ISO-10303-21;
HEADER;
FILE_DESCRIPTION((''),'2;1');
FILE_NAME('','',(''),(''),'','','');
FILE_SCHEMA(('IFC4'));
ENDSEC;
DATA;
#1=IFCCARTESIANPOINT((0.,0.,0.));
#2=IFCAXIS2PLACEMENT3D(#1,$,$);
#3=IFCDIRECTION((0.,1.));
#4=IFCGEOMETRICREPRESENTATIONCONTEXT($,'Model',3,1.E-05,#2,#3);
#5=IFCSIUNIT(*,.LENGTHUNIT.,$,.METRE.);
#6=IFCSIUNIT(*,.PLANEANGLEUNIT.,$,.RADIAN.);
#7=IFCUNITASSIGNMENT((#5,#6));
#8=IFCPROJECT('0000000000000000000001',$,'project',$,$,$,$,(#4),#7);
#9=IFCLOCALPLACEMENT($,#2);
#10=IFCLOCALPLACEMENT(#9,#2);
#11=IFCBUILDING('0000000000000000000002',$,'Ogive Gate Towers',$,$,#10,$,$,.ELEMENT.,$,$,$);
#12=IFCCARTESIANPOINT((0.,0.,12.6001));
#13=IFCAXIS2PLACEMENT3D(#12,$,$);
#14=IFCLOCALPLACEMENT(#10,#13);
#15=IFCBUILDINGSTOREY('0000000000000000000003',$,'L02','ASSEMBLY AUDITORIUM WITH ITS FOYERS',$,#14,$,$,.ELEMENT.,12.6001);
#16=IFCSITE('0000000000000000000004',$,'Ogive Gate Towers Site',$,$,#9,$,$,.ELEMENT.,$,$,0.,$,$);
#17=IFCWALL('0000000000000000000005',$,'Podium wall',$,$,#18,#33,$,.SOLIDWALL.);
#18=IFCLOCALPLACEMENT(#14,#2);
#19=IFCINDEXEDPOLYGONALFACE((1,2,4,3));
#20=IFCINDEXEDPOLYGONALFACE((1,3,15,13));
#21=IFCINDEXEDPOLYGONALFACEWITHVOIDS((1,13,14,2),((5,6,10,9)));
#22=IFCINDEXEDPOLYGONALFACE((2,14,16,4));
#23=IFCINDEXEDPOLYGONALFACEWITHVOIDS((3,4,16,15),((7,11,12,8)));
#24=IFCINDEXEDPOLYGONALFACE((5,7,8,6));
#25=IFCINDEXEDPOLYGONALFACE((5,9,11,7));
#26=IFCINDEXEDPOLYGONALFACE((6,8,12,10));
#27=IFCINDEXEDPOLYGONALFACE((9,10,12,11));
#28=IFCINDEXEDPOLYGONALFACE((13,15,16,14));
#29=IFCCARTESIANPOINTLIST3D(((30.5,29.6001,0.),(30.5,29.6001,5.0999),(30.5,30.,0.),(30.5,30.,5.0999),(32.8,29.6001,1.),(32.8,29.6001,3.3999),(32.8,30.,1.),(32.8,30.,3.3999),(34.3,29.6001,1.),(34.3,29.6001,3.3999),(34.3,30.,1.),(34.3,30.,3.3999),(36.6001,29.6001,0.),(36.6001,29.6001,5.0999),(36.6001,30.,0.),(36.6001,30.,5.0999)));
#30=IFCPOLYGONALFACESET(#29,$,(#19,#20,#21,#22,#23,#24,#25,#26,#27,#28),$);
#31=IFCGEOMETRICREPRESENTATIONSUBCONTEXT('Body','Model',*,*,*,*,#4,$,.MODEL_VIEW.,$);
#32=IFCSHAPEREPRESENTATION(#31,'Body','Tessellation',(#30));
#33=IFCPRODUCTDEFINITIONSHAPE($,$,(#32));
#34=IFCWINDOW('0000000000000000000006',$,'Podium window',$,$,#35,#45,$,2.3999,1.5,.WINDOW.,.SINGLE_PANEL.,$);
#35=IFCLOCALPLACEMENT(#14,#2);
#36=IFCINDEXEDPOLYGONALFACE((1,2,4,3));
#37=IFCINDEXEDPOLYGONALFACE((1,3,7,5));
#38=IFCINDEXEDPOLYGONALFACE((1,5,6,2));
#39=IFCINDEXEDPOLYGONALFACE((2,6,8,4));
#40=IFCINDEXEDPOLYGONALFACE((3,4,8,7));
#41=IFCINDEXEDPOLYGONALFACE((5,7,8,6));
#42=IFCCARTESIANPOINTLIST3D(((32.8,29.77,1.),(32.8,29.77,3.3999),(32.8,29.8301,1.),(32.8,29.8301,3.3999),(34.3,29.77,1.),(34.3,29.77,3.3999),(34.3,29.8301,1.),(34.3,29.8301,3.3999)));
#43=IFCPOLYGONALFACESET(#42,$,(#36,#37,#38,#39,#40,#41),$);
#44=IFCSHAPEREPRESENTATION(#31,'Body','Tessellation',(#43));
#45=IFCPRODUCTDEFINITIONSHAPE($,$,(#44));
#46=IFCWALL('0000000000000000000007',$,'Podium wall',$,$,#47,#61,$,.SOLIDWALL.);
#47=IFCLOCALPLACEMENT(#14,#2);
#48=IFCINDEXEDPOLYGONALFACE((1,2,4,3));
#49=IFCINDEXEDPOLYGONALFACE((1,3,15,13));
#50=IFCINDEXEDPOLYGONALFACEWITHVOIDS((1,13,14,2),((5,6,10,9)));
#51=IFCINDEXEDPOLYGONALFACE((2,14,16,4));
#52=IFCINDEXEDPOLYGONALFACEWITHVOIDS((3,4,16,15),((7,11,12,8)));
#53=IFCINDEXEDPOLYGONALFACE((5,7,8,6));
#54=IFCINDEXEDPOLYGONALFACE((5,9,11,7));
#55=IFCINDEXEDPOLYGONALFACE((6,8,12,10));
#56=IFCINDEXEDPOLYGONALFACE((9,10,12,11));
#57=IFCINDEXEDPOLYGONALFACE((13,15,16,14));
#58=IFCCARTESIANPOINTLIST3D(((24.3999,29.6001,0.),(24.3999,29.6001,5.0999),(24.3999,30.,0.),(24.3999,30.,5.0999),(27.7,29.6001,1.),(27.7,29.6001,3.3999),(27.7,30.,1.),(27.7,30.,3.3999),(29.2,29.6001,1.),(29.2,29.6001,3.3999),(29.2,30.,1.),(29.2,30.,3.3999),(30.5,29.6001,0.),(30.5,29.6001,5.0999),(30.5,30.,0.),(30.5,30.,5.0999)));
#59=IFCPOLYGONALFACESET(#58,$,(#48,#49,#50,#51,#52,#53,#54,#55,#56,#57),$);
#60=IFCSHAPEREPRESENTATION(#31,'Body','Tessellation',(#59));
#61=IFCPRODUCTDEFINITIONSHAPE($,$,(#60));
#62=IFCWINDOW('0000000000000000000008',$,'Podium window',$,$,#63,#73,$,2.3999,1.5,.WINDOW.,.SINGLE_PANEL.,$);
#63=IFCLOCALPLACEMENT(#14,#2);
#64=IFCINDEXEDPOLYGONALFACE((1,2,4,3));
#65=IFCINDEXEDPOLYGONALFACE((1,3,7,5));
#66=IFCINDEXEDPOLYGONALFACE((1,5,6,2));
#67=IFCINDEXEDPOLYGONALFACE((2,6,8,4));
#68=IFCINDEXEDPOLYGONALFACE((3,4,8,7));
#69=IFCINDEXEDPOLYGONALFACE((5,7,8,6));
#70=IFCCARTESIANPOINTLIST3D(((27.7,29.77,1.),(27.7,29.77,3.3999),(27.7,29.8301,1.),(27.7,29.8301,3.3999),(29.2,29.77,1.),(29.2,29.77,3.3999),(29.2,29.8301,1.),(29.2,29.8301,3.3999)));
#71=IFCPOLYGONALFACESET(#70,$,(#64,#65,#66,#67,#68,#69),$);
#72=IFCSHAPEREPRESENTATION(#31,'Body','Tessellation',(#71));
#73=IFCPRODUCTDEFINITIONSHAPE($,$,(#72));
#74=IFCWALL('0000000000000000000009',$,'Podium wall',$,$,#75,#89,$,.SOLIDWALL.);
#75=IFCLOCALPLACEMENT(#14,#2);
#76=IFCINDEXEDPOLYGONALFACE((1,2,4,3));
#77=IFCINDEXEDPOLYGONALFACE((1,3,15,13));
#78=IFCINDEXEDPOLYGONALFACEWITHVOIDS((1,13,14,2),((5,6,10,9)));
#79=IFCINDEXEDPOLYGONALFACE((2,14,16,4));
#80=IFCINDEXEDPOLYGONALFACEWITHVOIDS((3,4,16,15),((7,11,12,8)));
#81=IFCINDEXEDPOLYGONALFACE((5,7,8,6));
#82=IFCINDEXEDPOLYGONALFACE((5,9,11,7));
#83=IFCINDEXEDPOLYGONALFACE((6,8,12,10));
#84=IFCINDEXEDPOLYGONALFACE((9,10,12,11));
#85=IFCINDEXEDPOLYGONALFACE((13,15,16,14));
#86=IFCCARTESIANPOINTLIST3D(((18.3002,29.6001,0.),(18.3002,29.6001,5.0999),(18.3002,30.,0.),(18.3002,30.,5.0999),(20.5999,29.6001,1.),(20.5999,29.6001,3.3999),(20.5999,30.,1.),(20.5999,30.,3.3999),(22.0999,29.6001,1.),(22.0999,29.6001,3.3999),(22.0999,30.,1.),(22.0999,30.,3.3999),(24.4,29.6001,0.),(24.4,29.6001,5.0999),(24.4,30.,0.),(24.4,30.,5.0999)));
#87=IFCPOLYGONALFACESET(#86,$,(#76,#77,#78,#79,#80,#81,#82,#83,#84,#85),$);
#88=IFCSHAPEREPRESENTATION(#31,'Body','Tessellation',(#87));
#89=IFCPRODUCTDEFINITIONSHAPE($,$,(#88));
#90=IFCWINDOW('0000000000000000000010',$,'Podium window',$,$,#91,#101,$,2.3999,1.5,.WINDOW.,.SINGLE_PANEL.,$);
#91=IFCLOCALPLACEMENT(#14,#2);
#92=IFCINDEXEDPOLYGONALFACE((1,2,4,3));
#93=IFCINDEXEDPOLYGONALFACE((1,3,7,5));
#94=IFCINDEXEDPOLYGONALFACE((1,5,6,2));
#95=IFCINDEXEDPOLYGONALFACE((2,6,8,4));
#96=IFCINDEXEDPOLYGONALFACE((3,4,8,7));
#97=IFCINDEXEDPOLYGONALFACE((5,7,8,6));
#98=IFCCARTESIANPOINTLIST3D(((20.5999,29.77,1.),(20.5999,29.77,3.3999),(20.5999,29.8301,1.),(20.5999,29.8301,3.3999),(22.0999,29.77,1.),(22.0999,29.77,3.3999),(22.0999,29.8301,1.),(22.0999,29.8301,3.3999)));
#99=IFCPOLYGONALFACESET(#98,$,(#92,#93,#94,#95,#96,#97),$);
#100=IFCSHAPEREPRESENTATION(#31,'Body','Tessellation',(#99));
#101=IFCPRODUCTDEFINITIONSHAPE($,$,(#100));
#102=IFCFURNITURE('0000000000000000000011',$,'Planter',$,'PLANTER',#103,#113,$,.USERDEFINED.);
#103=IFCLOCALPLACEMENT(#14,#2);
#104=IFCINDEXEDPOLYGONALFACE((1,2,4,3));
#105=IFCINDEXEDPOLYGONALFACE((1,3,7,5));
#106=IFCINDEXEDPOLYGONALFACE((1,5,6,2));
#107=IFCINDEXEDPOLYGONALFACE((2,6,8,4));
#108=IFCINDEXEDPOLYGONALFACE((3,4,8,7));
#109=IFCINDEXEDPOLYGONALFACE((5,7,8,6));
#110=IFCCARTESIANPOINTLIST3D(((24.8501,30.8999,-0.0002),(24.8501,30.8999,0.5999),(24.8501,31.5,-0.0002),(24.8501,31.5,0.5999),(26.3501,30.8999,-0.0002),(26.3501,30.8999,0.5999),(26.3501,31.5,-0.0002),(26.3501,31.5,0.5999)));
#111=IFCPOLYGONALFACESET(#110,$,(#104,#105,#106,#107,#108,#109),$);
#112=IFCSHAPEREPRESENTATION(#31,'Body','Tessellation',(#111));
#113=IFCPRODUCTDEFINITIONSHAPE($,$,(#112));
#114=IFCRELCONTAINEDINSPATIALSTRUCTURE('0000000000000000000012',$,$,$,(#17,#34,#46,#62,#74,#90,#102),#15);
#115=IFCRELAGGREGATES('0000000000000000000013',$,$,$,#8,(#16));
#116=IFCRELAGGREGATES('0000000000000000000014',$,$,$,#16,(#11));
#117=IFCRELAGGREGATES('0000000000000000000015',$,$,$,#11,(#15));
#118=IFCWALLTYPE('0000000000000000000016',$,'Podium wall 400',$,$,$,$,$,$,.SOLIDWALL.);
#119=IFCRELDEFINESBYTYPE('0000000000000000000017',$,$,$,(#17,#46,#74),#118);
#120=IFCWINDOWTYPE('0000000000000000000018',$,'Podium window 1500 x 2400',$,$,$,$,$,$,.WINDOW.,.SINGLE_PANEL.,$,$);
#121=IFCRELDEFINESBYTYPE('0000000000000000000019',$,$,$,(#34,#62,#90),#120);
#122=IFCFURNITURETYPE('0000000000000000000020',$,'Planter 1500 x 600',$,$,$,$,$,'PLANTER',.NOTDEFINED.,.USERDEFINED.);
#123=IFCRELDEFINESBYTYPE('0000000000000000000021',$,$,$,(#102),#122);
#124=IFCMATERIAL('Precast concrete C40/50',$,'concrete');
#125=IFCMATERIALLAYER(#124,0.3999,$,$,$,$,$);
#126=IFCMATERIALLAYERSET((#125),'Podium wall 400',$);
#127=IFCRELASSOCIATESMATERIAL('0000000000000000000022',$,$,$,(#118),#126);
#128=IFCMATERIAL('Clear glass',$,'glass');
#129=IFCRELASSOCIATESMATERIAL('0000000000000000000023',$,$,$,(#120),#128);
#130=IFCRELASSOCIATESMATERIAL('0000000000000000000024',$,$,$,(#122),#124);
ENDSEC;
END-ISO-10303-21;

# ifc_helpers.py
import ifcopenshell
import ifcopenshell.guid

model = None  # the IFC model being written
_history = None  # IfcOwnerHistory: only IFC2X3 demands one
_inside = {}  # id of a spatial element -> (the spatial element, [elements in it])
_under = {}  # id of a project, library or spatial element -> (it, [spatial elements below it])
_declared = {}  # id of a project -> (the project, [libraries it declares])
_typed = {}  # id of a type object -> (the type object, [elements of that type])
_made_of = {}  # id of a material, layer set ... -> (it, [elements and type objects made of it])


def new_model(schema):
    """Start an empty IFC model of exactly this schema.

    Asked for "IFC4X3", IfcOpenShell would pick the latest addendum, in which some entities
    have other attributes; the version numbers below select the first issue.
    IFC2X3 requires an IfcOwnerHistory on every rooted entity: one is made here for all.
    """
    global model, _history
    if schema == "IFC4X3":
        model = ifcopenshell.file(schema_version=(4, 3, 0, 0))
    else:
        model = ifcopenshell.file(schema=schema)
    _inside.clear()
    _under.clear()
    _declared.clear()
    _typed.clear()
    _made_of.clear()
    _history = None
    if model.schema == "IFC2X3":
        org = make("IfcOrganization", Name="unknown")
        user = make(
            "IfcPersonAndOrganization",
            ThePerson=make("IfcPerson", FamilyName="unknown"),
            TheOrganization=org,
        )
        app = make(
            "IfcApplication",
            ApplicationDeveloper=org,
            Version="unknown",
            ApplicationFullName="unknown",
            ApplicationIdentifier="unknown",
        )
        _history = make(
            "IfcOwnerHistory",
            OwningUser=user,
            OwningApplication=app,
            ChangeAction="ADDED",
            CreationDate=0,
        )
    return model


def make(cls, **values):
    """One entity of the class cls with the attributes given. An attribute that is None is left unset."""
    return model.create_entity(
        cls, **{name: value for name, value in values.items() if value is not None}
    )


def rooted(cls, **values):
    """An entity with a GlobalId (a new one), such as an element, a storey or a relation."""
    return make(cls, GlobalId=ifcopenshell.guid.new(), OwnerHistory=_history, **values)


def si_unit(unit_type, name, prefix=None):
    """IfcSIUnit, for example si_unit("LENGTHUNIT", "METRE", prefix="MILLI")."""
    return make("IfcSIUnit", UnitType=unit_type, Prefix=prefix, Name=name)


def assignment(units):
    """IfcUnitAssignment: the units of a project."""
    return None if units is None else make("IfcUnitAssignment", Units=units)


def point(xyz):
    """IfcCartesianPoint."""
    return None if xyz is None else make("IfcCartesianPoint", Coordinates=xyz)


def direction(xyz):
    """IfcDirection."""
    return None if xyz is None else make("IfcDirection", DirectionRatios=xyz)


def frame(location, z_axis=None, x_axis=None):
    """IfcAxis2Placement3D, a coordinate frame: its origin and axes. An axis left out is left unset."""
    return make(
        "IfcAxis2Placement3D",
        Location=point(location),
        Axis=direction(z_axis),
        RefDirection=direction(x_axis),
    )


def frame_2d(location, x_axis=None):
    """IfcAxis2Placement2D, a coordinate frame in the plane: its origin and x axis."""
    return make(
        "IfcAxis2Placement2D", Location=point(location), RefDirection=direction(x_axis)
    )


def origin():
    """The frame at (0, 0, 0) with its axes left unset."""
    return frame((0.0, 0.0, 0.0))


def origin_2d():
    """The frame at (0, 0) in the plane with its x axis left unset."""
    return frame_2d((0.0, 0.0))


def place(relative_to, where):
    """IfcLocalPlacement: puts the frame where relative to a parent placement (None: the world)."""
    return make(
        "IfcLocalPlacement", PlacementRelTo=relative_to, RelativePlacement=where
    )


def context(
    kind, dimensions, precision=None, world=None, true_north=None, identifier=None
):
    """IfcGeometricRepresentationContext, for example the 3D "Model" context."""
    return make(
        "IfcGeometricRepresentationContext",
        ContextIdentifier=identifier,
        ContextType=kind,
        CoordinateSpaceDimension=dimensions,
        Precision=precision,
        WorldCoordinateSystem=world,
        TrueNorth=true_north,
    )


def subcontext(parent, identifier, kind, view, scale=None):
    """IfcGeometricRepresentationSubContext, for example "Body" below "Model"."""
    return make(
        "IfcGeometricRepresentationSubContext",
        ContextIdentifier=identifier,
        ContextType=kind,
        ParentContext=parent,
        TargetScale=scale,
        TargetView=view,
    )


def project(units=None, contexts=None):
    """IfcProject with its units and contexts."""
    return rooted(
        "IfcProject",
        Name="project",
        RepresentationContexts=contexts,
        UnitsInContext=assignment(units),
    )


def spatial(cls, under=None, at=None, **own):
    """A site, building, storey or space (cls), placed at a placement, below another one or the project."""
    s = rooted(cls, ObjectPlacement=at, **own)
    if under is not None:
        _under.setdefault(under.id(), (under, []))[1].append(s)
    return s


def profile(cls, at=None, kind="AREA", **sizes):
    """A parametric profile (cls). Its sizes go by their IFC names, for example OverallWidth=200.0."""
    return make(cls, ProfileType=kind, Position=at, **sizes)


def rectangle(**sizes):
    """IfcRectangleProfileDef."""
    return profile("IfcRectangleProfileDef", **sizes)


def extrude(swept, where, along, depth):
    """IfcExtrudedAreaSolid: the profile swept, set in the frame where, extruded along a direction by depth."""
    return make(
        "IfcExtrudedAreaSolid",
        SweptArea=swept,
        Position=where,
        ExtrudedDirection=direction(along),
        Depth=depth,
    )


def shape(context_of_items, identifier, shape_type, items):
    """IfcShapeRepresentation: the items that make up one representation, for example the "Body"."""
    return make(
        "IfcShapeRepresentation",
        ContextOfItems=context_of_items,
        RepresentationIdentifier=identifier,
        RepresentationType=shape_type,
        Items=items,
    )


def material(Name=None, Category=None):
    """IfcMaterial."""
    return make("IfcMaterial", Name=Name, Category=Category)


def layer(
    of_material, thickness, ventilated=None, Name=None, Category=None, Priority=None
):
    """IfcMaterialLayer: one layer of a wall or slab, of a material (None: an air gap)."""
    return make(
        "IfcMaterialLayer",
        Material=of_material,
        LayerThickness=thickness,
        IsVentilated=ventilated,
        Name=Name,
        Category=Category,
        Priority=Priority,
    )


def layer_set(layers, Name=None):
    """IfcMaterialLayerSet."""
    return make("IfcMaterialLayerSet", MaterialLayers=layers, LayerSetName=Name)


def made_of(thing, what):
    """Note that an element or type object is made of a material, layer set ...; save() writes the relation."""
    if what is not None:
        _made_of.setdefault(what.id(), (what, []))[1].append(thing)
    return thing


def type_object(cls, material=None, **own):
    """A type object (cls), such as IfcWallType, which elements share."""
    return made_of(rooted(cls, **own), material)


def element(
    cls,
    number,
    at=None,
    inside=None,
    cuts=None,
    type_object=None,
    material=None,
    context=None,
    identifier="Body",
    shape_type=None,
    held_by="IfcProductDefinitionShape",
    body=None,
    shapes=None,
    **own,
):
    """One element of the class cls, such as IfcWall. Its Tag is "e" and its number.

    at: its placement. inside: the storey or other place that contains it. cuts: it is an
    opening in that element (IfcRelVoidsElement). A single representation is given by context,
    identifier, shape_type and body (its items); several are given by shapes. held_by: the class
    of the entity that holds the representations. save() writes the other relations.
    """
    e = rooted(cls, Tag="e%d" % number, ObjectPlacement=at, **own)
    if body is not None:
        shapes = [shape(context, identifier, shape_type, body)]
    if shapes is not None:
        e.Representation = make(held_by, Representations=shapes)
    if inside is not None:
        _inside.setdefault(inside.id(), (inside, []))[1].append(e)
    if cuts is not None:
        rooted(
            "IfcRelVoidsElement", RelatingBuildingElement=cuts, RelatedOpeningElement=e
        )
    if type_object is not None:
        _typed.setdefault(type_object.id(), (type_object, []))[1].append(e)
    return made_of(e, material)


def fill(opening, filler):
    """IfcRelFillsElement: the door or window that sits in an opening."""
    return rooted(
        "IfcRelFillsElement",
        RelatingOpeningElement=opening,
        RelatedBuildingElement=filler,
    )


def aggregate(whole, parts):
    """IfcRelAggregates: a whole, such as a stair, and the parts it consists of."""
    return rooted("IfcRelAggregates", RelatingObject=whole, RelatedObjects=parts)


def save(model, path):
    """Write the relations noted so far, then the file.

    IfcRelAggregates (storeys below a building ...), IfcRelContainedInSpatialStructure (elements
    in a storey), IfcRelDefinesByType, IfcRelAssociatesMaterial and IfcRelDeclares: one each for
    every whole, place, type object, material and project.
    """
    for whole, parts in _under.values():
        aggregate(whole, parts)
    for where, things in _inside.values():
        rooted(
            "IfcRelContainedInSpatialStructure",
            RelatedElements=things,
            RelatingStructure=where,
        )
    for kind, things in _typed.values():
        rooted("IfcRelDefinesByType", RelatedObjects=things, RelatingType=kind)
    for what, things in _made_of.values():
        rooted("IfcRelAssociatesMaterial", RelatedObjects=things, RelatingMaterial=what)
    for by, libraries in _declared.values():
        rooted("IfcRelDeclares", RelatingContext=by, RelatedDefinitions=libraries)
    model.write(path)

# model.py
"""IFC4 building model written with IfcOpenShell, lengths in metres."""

from ifc_helpers import new_model, si_unit, direction, frame, frame_2d, origin, origin_2d, place, context, subcontext, project, spatial, rectangle, extrude, material, layer, layer_set, type_object, element, fill, save


model = new_model("IFC4")

# Units and contexts
model_context = context("Model", 3, precision=1e-05, world=origin(), true_north=direction((0.0, 1.0)))
body_context = subcontext(model_context, "Body", "Model", "MODEL_VIEW")
ifc_project = project(units=[si_unit("LENGTHUNIT", "METRE"), si_unit("PLANEANGLEUNIT", "RADIAN")], contexts=[model_context])

# Site, building, storey
site_placement = place(None, origin())
site = spatial("IfcSite", under=ifc_project, at=site_placement, Name="Ogive Gate Towers Site", CompositionType="ELEMENT", RefElevation=0.0)
building_placement = place(site_placement, origin())
building = spatial("IfcBuilding", under=site, at=building_placement, Name="Ogive Gate Towers", CompositionType="ELEMENT")
storey_placement = place(building_placement, frame((0.0, 0.0, 12.6001)))
storey = spatial("IfcBuildingStorey", under=building, at=storey_placement, Name="L02", Description="ASSEMBLY AUDITORIUM WITH ITS FOYERS", CompositionType="ELEMENT", Elevation=12.6001)

# Walls, openings, windows
ifc_material_1 = material(Name="Precast concrete C40/50", Category="concrete")
ifc_layer_1 = layer(ifc_material_1, 0.3999)
ifc_layer_set_1 = layer_set([ifc_layer_1], Name="Podium wall 400")
wall_type_1 = type_object("IfcWallType", Name="Podium wall 400", PredefinedType="SOLIDWALL", material=ifc_layer_set_1)
wall_1_placement = place(storey_placement, frame((36.6001, 29.8, 0.0), z_axis=(0.0, 0.0, 1.0), x_axis=(-1.0, 0.0, 0.0)))
wall_1 = element("IfcWall", 1, at=wall_1_placement, inside=storey, type_object=wall_type_1, Name="Podium wall", PredefinedType="SOLIDWALL", context=body_context, shape_type="SweptSolid", body=[
    extrude(rectangle(XDim=6.1001, YDim=0.3999, at=frame_2d((3.05, 0.0))), origin(), (0.0, 0.0, 1.0), 5.0999),
])
opening_1_placement = place(wall_1_placement, frame((2.3, 0.0, 1.0)))
opening_1 = element("IfcOpeningElement", 2, at=opening_1_placement, cuts=wall_1, PredefinedType="OPENING", context=body_context, shape_type="SweptSolid", body=[
    extrude(rectangle(XDim=1.5, YDim=2.3999, at=frame_2d((0.75, 1.2))), frame((0.0, 0.21, 0.0), z_axis=(0.0, -1.0, 0.0), x_axis=(1.0, 0.0, 0.0)), (0.0, 0.0, 1.0), 0.4199),
])
ifc_material_2 = material(Name="Clear glass", Category="glass")
window_type = type_object("IfcWindowType", Name="Podium window 1500 x 2400", PartitioningType="SINGLE_PANEL", PredefinedType="WINDOW", material=ifc_material_2)
window_1_placement = place(opening_1_placement, origin())
window_1 = element("IfcWindow", 3, at=window_1_placement, inside=storey, type_object=window_type, Name="Podium window", OverallHeight=2.3999, OverallWidth=1.5, PartitioningType="SINGLE_PANEL", PredefinedType="WINDOW", context=body_context, shape_type="SweptSolid", body=[
    extrude(rectangle(XDim=1.5, YDim=2.3999, at=frame_2d((0.75, 1.2))), frame((0.0, 0.03, 0.0), z_axis=(0.0, -1.0, 0.0), x_axis=(1.0, 0.0, 0.0)), (0.0, 0.0, 1.0), 0.0601),
])
fill(opening_1, window_1)
wall_2_placement = place(storey_placement, frame((30.5, 29.8, 0.0), z_axis=(0.0, 0.0, 1.0), x_axis=(-1.0, 0.0, 0.0)))
wall_2 = element("IfcWall", 4, at=wall_2_placement, inside=storey, type_object=wall_type_1, Name="Podium wall", PredefinedType="SOLIDWALL", context=body_context, shape_type="SweptSolid", body=[
    extrude(rectangle(XDim=6.1001, YDim=0.3999, at=frame_2d((3.05, 0.0))), origin(), (0.0, 0.0, 1.0), 5.0999),
])
opening_2_placement = place(wall_2_placement, frame((1.3, 0.0, 1.0)))
opening_2 = element("IfcOpeningElement", 5, at=opening_2_placement, cuts=wall_2, PredefinedType="OPENING", context=body_context, shape_type="SweptSolid", body=[
    extrude(rectangle(XDim=1.5, YDim=2.3999, at=frame_2d((0.75, 1.2))), frame((0.0, 0.21, 0.0), z_axis=(0.0, -1.0, 0.0), x_axis=(1.0, 0.0, 0.0)), (0.0, 0.0, 1.0), 0.4199),
])
window_2_placement = place(opening_2_placement, origin())
window_2 = element("IfcWindow", 6, at=window_2_placement, inside=storey, type_object=window_type, Name="Podium window", OverallHeight=2.3999, OverallWidth=1.5, PartitioningType="SINGLE_PANEL", PredefinedType="WINDOW", context=body_context, shape_type="SweptSolid", body=[
    extrude(rectangle(XDim=1.5, YDim=2.3999, at=frame_2d((0.75, 1.2))), frame((0.0, 0.03, 0.0), z_axis=(0.0, -1.0, 0.0), x_axis=(1.0, 0.0, 0.0)), (0.0, 0.0, 1.0), 0.0601),
])
fill(opening_2, window_2)
wall_3_placement = place(storey_placement, frame((24.3999, 29.8, 0.0), z_axis=(0.0, 0.0, 1.0), x_axis=(-1.0, 0.0, 0.0)))
wall_3 = element("IfcWall", 7, at=wall_3_placement, inside=storey, type_object=wall_type_1, Name="Podium wall", PredefinedType="SOLIDWALL", context=body_context, shape_type="SweptSolid", body=[
    extrude(rectangle(XDim=6.0999, YDim=0.3999, at=frame_2d((3.0498, 0.0))), origin(), (0.0, 0.0, 1.0), 5.0999),
])
opening_3_placement = place(wall_3_placement, frame((2.3, 0.0, 1.0)))
opening_3 = element("IfcOpeningElement", 8, at=opening_3_placement, cuts=wall_3, PredefinedType="OPENING", context=body_context, shape_type="SweptSolid", body=[
    extrude(rectangle(XDim=1.5, YDim=2.3999, at=frame_2d((0.75, 1.2))), frame((0.0, 0.21, 0.0), z_axis=(0.0, -1.0, 0.0), x_axis=(1.0, 0.0, 0.0)), (0.0, 0.0, 1.0), 0.4199),
])
window_3_placement = place(opening_3_placement, origin())
window_3 = element("IfcWindow", 9, at=window_3_placement, inside=storey, type_object=window_type, Name="Podium window", OverallHeight=2.3999, OverallWidth=1.5, PartitioningType="SINGLE_PANEL", PredefinedType="WINDOW", context=body_context, shape_type="SweptSolid", body=[
    extrude(rectangle(XDim=1.5, YDim=2.3999, at=frame_2d((0.75, 1.2))), frame((0.0, 0.03, 0.0), z_axis=(0.0, -1.0, 0.0), x_axis=(1.0, 0.0, 0.0)), (0.0, 0.0, 1.0), 0.0601),
])
fill(opening_3, window_3)

# Furniture
furniture_type = type_object("IfcFurnitureType", Name="Planter 1500 x 600", ElementType="PLANTER", AssemblyPlace="NOTDEFINED", PredefinedType="USERDEFINED", material=ifc_material_1)
furniture_placement = place(storey_placement, frame((25.6001, 31.2, -0.0002), z_axis=(0.0, 0.0, 1.0), x_axis=(-1.0, 0.0, 0.0)))
element("IfcFurniture", 10, at=furniture_placement, inside=storey, type_object=furniture_type, Name="Planter", ObjectType="PLANTER", PredefinedType="USERDEFINED", context=body_context, shape_type="SweptSolid", body=[
    extrude(rectangle(XDim=1.5, YDim=0.6001, at=origin_2d()), origin(), (0.0, 0.0, 1.0), 0.6001),
])

save(model, "model.ifc")
